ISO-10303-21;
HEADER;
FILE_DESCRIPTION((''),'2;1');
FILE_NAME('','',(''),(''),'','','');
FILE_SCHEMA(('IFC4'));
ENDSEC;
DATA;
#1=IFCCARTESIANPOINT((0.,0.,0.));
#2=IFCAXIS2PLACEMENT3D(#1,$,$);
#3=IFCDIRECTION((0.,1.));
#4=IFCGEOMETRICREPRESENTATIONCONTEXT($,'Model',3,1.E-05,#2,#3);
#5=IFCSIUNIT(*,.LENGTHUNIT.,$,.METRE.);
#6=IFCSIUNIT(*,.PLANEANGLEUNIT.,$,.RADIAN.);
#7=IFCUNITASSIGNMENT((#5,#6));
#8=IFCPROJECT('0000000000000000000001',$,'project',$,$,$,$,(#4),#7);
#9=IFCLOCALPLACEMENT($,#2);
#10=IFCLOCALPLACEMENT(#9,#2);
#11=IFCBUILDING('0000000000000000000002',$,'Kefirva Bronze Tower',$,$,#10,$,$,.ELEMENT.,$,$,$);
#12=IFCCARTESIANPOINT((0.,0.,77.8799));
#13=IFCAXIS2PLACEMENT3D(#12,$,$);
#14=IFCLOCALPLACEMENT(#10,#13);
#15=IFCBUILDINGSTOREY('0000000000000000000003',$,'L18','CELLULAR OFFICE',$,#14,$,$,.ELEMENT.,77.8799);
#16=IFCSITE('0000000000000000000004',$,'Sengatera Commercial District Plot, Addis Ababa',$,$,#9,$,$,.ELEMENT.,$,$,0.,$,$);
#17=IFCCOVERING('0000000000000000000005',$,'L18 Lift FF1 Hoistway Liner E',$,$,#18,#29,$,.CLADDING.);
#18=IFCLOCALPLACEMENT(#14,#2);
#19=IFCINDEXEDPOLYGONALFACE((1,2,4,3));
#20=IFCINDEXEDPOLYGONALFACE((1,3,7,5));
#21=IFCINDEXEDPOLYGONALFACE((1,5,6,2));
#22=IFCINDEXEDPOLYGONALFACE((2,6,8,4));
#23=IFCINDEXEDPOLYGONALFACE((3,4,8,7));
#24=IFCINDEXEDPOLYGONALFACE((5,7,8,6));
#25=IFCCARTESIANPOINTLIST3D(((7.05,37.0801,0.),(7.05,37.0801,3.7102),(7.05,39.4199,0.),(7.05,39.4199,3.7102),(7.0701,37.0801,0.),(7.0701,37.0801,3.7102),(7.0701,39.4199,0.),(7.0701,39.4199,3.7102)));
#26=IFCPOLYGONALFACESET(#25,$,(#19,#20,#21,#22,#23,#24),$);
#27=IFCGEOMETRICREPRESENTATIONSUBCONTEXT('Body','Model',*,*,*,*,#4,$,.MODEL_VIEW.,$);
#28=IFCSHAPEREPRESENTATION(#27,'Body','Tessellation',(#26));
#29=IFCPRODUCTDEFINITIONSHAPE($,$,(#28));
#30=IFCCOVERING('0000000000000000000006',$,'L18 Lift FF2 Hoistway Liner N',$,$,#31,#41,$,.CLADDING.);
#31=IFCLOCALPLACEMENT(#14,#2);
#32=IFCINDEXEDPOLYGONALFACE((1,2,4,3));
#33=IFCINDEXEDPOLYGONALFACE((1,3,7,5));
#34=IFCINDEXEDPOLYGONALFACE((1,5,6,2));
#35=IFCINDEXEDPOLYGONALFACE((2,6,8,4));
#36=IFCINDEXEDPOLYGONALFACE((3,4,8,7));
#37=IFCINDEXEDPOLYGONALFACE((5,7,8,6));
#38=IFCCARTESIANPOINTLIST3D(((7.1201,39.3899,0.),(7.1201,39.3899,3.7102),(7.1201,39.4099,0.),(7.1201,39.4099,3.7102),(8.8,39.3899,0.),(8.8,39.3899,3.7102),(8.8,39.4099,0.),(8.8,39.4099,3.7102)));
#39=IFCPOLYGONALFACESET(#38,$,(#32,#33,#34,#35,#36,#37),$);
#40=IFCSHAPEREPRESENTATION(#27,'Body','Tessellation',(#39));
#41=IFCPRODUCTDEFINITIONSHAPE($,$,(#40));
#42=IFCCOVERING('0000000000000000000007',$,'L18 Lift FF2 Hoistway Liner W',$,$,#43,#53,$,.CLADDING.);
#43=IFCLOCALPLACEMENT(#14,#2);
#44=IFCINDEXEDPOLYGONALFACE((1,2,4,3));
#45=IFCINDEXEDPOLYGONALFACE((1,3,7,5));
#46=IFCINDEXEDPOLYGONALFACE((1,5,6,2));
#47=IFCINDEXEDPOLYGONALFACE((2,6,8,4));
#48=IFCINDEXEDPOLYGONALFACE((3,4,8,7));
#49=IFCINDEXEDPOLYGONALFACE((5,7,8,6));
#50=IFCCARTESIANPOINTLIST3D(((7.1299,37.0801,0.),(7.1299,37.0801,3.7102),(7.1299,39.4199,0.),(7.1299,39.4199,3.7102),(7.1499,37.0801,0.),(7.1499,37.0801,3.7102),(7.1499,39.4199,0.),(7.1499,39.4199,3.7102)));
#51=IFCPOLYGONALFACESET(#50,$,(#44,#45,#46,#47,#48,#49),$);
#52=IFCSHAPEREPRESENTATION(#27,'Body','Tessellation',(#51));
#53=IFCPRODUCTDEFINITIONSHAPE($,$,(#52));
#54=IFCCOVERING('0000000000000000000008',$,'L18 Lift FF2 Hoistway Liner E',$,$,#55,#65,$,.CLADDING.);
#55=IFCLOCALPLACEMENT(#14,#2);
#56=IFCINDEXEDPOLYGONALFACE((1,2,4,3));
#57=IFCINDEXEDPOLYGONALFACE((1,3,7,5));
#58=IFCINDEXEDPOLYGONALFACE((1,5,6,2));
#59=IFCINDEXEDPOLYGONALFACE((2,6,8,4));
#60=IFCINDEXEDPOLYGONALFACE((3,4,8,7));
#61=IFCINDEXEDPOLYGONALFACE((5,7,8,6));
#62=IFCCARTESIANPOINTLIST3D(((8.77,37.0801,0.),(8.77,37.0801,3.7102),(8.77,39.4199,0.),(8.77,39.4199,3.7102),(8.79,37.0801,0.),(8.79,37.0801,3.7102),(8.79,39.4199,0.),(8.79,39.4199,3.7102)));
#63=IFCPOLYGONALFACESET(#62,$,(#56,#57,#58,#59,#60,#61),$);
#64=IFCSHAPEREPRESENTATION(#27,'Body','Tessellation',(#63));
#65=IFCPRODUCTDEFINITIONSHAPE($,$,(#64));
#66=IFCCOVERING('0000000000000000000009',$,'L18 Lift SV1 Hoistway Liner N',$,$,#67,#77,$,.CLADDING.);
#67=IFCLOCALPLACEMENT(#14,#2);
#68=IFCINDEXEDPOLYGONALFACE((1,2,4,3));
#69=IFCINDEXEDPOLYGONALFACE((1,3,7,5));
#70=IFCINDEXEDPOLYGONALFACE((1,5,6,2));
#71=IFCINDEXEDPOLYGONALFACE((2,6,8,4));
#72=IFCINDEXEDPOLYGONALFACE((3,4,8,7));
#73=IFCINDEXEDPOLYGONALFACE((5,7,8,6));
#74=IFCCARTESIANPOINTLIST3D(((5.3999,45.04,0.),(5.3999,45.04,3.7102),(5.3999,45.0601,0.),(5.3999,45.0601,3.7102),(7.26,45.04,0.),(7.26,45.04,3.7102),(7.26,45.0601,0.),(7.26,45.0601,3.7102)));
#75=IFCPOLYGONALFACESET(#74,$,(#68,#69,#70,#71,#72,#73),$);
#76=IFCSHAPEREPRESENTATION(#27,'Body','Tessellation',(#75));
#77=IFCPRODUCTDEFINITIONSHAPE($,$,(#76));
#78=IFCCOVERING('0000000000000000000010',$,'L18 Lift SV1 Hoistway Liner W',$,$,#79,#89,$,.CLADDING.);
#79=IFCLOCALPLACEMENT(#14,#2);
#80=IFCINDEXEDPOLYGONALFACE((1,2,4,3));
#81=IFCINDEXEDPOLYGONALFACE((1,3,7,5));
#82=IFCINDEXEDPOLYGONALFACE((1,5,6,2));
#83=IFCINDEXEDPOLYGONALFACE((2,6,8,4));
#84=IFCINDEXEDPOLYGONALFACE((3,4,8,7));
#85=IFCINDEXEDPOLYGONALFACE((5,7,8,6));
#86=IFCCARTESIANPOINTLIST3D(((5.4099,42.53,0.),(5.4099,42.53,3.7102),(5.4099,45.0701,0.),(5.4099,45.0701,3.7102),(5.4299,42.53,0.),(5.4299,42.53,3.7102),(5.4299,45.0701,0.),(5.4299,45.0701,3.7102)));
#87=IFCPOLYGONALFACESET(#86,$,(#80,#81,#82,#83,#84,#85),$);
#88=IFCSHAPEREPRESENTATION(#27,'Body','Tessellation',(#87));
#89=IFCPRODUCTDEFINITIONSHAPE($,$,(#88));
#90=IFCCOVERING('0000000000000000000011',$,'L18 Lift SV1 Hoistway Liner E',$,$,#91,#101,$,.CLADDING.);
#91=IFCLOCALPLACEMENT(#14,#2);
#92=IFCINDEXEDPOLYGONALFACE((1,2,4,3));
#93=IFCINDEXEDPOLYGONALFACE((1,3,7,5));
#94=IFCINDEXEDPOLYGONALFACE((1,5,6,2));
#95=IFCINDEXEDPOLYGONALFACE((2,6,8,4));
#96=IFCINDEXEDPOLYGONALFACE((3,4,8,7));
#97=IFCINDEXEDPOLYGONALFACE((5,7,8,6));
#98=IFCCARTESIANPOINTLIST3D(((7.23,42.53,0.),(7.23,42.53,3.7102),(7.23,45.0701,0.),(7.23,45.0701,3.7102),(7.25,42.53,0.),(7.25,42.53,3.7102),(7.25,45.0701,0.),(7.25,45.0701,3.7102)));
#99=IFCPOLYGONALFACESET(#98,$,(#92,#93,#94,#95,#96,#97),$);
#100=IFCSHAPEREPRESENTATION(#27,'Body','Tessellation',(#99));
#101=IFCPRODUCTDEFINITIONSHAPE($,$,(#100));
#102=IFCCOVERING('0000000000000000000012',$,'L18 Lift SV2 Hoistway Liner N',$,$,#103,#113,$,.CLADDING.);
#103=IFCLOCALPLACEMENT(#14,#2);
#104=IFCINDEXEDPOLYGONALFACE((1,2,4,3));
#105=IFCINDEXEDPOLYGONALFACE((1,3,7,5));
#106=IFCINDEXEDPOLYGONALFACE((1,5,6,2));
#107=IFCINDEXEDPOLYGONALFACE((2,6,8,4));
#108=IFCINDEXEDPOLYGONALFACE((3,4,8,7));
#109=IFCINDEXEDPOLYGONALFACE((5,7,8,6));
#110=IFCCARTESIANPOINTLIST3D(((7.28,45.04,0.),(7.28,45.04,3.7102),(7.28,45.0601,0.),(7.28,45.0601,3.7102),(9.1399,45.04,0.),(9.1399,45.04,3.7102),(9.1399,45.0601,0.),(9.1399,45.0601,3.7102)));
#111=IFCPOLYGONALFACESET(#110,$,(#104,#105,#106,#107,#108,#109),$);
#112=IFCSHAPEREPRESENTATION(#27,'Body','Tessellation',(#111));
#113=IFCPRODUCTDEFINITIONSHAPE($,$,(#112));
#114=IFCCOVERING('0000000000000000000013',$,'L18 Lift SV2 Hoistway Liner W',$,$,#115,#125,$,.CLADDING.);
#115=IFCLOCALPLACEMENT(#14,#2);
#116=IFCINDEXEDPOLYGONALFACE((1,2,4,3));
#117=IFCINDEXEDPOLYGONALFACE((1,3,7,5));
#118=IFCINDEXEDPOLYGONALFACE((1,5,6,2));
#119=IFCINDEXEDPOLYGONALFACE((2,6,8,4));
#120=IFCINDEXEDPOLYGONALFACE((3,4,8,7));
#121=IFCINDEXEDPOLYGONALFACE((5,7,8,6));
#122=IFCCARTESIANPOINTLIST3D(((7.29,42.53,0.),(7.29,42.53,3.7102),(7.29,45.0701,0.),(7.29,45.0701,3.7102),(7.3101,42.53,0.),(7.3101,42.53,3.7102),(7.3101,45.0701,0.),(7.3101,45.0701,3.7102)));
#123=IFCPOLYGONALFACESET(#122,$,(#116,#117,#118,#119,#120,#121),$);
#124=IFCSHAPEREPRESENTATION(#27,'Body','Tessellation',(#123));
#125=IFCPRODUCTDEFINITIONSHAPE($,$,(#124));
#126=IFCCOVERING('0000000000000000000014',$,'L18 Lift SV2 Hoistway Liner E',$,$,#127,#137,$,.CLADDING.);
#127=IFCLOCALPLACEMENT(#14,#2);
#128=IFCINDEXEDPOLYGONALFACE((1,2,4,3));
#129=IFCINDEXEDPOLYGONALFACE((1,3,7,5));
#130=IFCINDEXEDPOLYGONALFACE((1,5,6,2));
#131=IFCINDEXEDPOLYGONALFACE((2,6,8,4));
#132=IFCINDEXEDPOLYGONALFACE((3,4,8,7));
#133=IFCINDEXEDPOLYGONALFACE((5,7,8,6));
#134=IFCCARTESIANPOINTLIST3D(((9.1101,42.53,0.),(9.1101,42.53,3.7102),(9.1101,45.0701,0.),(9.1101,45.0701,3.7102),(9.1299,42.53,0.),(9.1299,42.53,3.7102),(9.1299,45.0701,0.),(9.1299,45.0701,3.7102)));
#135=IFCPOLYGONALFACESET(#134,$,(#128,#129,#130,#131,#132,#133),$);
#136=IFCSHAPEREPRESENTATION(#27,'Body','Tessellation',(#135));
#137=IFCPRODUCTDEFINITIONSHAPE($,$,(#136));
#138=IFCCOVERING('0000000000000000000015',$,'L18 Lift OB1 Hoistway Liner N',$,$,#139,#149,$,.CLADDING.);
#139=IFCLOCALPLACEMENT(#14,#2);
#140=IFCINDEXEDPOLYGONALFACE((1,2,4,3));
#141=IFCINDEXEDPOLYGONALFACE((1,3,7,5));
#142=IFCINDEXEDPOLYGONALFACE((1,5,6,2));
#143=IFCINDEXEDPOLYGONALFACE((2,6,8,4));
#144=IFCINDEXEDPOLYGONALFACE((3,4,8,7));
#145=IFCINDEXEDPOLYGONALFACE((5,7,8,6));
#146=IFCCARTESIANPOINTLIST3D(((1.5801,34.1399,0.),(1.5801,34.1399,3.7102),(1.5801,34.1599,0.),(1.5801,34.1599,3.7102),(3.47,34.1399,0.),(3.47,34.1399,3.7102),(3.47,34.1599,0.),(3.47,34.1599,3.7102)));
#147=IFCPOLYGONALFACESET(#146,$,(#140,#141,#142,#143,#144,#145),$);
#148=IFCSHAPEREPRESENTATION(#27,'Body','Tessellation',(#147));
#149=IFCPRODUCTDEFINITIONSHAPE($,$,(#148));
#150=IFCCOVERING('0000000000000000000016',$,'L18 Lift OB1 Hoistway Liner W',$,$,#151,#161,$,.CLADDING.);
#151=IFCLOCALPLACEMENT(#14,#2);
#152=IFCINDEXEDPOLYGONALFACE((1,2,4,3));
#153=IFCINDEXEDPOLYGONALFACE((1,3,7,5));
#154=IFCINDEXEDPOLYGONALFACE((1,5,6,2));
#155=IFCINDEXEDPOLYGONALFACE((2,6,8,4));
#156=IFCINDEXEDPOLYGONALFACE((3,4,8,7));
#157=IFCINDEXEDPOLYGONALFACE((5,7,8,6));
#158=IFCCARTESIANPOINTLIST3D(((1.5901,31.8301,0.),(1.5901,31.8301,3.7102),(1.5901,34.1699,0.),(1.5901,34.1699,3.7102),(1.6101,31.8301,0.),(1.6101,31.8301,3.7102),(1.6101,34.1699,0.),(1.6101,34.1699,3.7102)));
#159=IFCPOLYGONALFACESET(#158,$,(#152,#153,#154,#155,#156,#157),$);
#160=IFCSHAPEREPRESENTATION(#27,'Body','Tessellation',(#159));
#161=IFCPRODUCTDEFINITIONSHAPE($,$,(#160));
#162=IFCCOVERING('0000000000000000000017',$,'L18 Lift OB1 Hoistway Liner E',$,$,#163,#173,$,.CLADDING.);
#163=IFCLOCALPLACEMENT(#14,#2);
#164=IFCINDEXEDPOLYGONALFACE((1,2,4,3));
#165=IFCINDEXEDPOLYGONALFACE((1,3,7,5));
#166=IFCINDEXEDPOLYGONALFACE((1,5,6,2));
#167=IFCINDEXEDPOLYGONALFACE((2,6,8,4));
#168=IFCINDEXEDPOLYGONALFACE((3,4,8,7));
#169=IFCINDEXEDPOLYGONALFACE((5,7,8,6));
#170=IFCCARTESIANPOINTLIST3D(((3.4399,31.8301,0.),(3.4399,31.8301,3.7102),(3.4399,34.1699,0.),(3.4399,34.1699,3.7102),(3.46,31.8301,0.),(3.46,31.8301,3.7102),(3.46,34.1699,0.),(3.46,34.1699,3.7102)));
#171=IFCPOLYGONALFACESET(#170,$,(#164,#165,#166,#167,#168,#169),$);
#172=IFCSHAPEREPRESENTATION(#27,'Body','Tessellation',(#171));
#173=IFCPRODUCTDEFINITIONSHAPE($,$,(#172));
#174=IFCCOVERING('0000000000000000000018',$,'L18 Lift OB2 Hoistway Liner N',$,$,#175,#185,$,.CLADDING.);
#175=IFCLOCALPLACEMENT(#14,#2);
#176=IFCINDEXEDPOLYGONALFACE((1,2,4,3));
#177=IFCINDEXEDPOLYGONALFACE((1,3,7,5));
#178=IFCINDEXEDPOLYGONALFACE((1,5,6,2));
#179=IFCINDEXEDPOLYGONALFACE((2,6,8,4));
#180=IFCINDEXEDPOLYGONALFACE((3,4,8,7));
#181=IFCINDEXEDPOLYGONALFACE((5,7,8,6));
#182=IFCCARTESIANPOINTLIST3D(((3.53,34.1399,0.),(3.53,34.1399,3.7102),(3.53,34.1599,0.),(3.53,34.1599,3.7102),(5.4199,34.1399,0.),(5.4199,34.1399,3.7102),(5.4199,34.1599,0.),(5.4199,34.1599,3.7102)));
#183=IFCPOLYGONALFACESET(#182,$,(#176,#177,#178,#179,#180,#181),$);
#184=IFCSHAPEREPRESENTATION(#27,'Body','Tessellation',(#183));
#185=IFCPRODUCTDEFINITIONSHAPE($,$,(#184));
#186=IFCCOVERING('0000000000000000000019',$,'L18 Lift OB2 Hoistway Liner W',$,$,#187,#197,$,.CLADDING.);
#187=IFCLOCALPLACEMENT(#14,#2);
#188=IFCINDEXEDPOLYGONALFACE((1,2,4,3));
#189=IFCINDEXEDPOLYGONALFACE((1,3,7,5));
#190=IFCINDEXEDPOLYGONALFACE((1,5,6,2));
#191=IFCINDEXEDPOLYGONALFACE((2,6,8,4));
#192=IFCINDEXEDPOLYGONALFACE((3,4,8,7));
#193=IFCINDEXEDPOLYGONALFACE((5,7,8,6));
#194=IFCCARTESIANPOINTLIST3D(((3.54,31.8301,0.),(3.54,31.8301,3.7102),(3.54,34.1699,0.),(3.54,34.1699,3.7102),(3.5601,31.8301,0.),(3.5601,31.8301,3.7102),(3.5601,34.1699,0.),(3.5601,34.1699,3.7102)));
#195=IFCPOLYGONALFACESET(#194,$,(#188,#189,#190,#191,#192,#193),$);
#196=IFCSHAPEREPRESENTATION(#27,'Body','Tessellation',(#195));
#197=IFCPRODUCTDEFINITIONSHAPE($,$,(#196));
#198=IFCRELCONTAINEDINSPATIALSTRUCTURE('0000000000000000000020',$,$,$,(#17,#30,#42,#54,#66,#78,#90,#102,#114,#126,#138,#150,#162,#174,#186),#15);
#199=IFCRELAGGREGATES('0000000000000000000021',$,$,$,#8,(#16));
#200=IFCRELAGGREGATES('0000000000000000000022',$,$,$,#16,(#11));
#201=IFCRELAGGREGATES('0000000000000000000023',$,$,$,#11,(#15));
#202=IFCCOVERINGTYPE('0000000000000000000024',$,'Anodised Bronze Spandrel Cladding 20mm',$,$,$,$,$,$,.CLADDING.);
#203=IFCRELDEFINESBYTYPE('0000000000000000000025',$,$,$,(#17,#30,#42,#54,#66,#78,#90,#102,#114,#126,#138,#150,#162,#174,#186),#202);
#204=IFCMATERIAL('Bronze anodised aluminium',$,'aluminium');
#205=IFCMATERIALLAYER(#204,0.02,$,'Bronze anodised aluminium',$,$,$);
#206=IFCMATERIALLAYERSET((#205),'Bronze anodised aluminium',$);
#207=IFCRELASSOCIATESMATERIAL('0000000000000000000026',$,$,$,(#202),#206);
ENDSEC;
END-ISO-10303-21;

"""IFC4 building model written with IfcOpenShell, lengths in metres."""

from ifc_helpers import new_model, si_unit, direction, frame, origin, place, context, subcontext, project, spatial, polyline, outline, extrude, material, layer, layer_set, type_object, element, save


model = new_model("IFC4")

# Units and contexts
model_context = context("Model", 3, precision=1e-05, world=origin(), true_north=direction((0.0, 1.0)))
body_context = subcontext(model_context, "Body", "Model", "MODEL_VIEW")
ifc_project = project(units=[si_unit("LENGTHUNIT", "METRE"), si_unit("PLANEANGLEUNIT", "RADIAN")], contexts=[model_context])

# Site, building, storey
site_placement = place(None, origin())
site = spatial("IfcSite", under=ifc_project, at=site_placement, Name="Sengatera Commercial District Plot, Addis Ababa", CompositionType="ELEMENT", RefElevation=0.0)
building_placement = place(site_placement, origin())
building = spatial("IfcBuilding", under=site, at=building_placement, Name="Kefirva Bronze Tower", CompositionType="ELEMENT")
storey_placement = place(building_placement, frame((0.0, 0.0, 77.8799)))
storey = spatial("IfcBuildingStorey", under=building, at=storey_placement, Name="L18", Description="CELLULAR OFFICE", CompositionType="ELEMENT", Elevation=77.8799)

# Coverings
ifc_material_1 = material(Name="Bronze anodised aluminium", Category="aluminium")
ifc_layer_1 = layer(ifc_material_1, 0.02, Name="Bronze anodised aluminium")
ifc_layer_set_1 = layer_set([ifc_layer_1], Name="Bronze anodised aluminium")
covering_type = type_object("IfcCoveringType", Name="Anodised Bronze Spandrel Cladding 20mm", PredefinedType="CLADDING", material=ifc_layer_set_1)
covering_1_placement = place(storey_placement, origin())
element("IfcCovering", 1, at=covering_1_placement, inside=storey, type_object=covering_type, Name="L18 Lift FF1 Hoistway Liner E", PredefinedType="CLADDING", context=body_context, shape_type="SweptSolid", body=[
    extrude(outline(polyline([(7.05, 37.0801), (7.0701, 37.0801), (7.0701, 39.4199), (7.05, 39.4199), (7.05, 37.0801)])), origin(), (0.0, 0.0, 1.0), 3.7102),
])
covering_2_placement = place(storey_placement, origin())
element("IfcCovering", 2, at=covering_2_placement, inside=storey, type_object=covering_type, Name="L18 Lift FF2 Hoistway Liner N", PredefinedType="CLADDING", context=body_context, shape_type="SweptSolid", body=[
    extrude(outline(polyline([(7.1201, 39.3899), (8.8, 39.3899), (8.8, 39.4099), (7.1201, 39.4099), (7.1201, 39.3899)])), origin(), (0.0, 0.0, 1.0), 3.7102),
])
covering_3_placement = place(storey_placement, origin())
element("IfcCovering", 3, at=covering_3_placement, inside=storey, type_object=covering_type, Name="L18 Lift FF2 Hoistway Liner W", PredefinedType="CLADDING", context=body_context, shape_type="SweptSolid", body=[
    extrude(outline(polyline([(7.1299, 37.0801), (7.1499, 37.0801), (7.1499, 39.4199), (7.1299, 39.4199), (7.1299, 37.0801)])), origin(), (0.0, 0.0, 1.0), 3.7102),
])
covering_4_placement = place(storey_placement, origin())
element("IfcCovering", 4, at=covering_4_placement, inside=storey, type_object=covering_type, Name="L18 Lift FF2 Hoistway Liner E", PredefinedType="CLADDING", context=body_context, shape_type="SweptSolid", body=[
    extrude(outline(polyline([(8.77, 37.0801), (8.79, 37.0801), (8.79, 39.4199), (8.77, 39.4199), (8.77, 37.0801)])), origin(), (0.0, 0.0, 1.0), 3.7102),
])
covering_5_placement = place(storey_placement, origin())
element("IfcCovering", 5, at=covering_5_placement, inside=storey, type_object=covering_type, Name="L18 Lift SV1 Hoistway Liner N", PredefinedType="CLADDING", context=body_context, shape_type="SweptSolid", body=[
    extrude(outline(polyline([(5.3999, 45.04), (7.26, 45.04), (7.26, 45.0601), (5.3999, 45.0601), (5.3999, 45.04)])), origin(), (0.0, 0.0, 1.0), 3.7102),
])
covering_6_placement = place(storey_placement, origin())
element("IfcCovering", 6, at=covering_6_placement, inside=storey, type_object=covering_type, Name="L18 Lift SV1 Hoistway Liner W", PredefinedType="CLADDING", context=body_context, shape_type="SweptSolid", body=[
    extrude(outline(polyline([(5.4099, 42.53), (5.4299, 42.53), (5.4299, 45.0701), (5.4099, 45.0701), (5.4099, 42.53)])), origin(), (0.0, 0.0, 1.0), 3.7102),
])
covering_7_placement = place(storey_placement, origin())
element("IfcCovering", 7, at=covering_7_placement, inside=storey, type_object=covering_type, Name="L18 Lift SV1 Hoistway Liner E", PredefinedType="CLADDING", context=body_context, shape_type="SweptSolid", body=[
    extrude(outline(polyline([(7.23, 42.53), (7.25, 42.53), (7.25, 45.0701), (7.23, 45.0701), (7.23, 42.53)])), origin(), (0.0, 0.0, 1.0), 3.7102),
])
covering_8_placement = place(storey_placement, origin())
element("IfcCovering", 8, at=covering_8_placement, inside=storey, type_object=covering_type, Name="L18 Lift SV2 Hoistway Liner N", PredefinedType="CLADDING", context=body_context, shape_type="SweptSolid", body=[
    extrude(outline(polyline([(7.28, 45.04), (9.1399, 45.04), (9.1399, 45.0601), (7.28, 45.0601), (7.28, 45.04)])), origin(), (0.0, 0.0, 1.0), 3.7102),
])
covering_9_placement = place(storey_placement, origin())
element("IfcCovering", 9, at=covering_9_placement, inside=storey, type_object=covering_type, Name="L18 Lift SV2 Hoistway Liner W", PredefinedType="CLADDING", context=body_context, shape_type="SweptSolid", body=[
    extrude(outline(polyline([(7.29, 42.53), (7.3101, 42.53), (7.3101, 45.0701), (7.29, 45.0701), (7.29, 42.53)])), origin(), (0.0, 0.0, 1.0), 3.7102),
])
covering_10_placement = place(storey_placement, origin())
element("IfcCovering", 10, at=covering_10_placement, inside=storey, type_object=covering_type, Name="L18 Lift SV2 Hoistway Liner E", PredefinedType="CLADDING", context=body_context, shape_type="SweptSolid", body=[
    extrude(outline(polyline([(9.1101, 42.53), (9.1299, 42.53), (9.1299, 45.0701), (9.1101, 45.0701), (9.1101, 42.53)])), origin(), (0.0, 0.0, 1.0), 3.7102),
])
covering_11_placement = place(storey_placement, origin())
element("IfcCovering", 11, at=covering_11_placement, inside=storey, type_object=covering_type, Name="L18 Lift OB1 Hoistway Liner N", PredefinedType="CLADDING", context=body_context, shape_type="SweptSolid", body=[
    extrude(outline(polyline([(1.5801, 34.1399), (3.47, 34.1399), (3.47, 34.1599), (1.5801, 34.1599), (1.5801, 34.1399)])), origin(), (0.0, 0.0, 1.0), 3.7102),
])
covering_12_placement = place(storey_placement, origin())
element("IfcCovering", 12, at=covering_12_placement, inside=storey, type_object=covering_type, Name="L18 Lift OB1 Hoistway Liner W", PredefinedType="CLADDING", context=body_context, shape_type="SweptSolid", body=[
    extrude(outline(polyline([(1.5901, 31.8301), (1.6101, 31.8301), (1.6101, 34.1699), (1.5901, 34.1699), (1.5901, 31.8301)])), origin(), (0.0, 0.0, 1.0), 3.7102),
])
covering_13_placement = place(storey_placement, origin())
element("IfcCovering", 13, at=covering_13_placement, inside=storey, type_object=covering_type, Name="L18 Lift OB1 Hoistway Liner E", PredefinedType="CLADDING", context=body_context, shape_type="SweptSolid", body=[
    extrude(outline(polyline([(3.4399, 31.8301), (3.46, 31.8301), (3.46, 34.1699), (3.4399, 34.1699), (3.4399, 31.8301)])), origin(), (0.0, 0.0, 1.0), 3.7102),
])
covering_14_placement = place(storey_placement, origin())
element("IfcCovering", 14, at=covering_14_placement, inside=storey, type_object=covering_type, Name="L18 Lift OB2 Hoistway Liner N", PredefinedType="CLADDING", context=body_context, shape_type="SweptSolid", body=[
    extrude(outline(polyline([(3.53, 34.1399), (5.4199, 34.1399), (5.4199, 34.1599), (3.53, 34.1599), (3.53, 34.1399)])), origin(), (0.0, 0.0, 1.0), 3.7102),
])
covering_15_placement = place(storey_placement, origin())
element("IfcCovering", 15, at=covering_15_placement, inside=storey, type_object=covering_type, Name="L18 Lift OB2 Hoistway Liner W", PredefinedType="CLADDING", context=body_context, shape_type="SweptSolid", body=[
    extrude(outline(polyline([(3.54, 31.8301), (3.5601, 31.8301), (3.5601, 34.1699), (3.54, 34.1699), (3.54, 31.8301)])), origin(), (0.0, 0.0, 1.0), 3.7102),
])

save(model, "model.ifc")
